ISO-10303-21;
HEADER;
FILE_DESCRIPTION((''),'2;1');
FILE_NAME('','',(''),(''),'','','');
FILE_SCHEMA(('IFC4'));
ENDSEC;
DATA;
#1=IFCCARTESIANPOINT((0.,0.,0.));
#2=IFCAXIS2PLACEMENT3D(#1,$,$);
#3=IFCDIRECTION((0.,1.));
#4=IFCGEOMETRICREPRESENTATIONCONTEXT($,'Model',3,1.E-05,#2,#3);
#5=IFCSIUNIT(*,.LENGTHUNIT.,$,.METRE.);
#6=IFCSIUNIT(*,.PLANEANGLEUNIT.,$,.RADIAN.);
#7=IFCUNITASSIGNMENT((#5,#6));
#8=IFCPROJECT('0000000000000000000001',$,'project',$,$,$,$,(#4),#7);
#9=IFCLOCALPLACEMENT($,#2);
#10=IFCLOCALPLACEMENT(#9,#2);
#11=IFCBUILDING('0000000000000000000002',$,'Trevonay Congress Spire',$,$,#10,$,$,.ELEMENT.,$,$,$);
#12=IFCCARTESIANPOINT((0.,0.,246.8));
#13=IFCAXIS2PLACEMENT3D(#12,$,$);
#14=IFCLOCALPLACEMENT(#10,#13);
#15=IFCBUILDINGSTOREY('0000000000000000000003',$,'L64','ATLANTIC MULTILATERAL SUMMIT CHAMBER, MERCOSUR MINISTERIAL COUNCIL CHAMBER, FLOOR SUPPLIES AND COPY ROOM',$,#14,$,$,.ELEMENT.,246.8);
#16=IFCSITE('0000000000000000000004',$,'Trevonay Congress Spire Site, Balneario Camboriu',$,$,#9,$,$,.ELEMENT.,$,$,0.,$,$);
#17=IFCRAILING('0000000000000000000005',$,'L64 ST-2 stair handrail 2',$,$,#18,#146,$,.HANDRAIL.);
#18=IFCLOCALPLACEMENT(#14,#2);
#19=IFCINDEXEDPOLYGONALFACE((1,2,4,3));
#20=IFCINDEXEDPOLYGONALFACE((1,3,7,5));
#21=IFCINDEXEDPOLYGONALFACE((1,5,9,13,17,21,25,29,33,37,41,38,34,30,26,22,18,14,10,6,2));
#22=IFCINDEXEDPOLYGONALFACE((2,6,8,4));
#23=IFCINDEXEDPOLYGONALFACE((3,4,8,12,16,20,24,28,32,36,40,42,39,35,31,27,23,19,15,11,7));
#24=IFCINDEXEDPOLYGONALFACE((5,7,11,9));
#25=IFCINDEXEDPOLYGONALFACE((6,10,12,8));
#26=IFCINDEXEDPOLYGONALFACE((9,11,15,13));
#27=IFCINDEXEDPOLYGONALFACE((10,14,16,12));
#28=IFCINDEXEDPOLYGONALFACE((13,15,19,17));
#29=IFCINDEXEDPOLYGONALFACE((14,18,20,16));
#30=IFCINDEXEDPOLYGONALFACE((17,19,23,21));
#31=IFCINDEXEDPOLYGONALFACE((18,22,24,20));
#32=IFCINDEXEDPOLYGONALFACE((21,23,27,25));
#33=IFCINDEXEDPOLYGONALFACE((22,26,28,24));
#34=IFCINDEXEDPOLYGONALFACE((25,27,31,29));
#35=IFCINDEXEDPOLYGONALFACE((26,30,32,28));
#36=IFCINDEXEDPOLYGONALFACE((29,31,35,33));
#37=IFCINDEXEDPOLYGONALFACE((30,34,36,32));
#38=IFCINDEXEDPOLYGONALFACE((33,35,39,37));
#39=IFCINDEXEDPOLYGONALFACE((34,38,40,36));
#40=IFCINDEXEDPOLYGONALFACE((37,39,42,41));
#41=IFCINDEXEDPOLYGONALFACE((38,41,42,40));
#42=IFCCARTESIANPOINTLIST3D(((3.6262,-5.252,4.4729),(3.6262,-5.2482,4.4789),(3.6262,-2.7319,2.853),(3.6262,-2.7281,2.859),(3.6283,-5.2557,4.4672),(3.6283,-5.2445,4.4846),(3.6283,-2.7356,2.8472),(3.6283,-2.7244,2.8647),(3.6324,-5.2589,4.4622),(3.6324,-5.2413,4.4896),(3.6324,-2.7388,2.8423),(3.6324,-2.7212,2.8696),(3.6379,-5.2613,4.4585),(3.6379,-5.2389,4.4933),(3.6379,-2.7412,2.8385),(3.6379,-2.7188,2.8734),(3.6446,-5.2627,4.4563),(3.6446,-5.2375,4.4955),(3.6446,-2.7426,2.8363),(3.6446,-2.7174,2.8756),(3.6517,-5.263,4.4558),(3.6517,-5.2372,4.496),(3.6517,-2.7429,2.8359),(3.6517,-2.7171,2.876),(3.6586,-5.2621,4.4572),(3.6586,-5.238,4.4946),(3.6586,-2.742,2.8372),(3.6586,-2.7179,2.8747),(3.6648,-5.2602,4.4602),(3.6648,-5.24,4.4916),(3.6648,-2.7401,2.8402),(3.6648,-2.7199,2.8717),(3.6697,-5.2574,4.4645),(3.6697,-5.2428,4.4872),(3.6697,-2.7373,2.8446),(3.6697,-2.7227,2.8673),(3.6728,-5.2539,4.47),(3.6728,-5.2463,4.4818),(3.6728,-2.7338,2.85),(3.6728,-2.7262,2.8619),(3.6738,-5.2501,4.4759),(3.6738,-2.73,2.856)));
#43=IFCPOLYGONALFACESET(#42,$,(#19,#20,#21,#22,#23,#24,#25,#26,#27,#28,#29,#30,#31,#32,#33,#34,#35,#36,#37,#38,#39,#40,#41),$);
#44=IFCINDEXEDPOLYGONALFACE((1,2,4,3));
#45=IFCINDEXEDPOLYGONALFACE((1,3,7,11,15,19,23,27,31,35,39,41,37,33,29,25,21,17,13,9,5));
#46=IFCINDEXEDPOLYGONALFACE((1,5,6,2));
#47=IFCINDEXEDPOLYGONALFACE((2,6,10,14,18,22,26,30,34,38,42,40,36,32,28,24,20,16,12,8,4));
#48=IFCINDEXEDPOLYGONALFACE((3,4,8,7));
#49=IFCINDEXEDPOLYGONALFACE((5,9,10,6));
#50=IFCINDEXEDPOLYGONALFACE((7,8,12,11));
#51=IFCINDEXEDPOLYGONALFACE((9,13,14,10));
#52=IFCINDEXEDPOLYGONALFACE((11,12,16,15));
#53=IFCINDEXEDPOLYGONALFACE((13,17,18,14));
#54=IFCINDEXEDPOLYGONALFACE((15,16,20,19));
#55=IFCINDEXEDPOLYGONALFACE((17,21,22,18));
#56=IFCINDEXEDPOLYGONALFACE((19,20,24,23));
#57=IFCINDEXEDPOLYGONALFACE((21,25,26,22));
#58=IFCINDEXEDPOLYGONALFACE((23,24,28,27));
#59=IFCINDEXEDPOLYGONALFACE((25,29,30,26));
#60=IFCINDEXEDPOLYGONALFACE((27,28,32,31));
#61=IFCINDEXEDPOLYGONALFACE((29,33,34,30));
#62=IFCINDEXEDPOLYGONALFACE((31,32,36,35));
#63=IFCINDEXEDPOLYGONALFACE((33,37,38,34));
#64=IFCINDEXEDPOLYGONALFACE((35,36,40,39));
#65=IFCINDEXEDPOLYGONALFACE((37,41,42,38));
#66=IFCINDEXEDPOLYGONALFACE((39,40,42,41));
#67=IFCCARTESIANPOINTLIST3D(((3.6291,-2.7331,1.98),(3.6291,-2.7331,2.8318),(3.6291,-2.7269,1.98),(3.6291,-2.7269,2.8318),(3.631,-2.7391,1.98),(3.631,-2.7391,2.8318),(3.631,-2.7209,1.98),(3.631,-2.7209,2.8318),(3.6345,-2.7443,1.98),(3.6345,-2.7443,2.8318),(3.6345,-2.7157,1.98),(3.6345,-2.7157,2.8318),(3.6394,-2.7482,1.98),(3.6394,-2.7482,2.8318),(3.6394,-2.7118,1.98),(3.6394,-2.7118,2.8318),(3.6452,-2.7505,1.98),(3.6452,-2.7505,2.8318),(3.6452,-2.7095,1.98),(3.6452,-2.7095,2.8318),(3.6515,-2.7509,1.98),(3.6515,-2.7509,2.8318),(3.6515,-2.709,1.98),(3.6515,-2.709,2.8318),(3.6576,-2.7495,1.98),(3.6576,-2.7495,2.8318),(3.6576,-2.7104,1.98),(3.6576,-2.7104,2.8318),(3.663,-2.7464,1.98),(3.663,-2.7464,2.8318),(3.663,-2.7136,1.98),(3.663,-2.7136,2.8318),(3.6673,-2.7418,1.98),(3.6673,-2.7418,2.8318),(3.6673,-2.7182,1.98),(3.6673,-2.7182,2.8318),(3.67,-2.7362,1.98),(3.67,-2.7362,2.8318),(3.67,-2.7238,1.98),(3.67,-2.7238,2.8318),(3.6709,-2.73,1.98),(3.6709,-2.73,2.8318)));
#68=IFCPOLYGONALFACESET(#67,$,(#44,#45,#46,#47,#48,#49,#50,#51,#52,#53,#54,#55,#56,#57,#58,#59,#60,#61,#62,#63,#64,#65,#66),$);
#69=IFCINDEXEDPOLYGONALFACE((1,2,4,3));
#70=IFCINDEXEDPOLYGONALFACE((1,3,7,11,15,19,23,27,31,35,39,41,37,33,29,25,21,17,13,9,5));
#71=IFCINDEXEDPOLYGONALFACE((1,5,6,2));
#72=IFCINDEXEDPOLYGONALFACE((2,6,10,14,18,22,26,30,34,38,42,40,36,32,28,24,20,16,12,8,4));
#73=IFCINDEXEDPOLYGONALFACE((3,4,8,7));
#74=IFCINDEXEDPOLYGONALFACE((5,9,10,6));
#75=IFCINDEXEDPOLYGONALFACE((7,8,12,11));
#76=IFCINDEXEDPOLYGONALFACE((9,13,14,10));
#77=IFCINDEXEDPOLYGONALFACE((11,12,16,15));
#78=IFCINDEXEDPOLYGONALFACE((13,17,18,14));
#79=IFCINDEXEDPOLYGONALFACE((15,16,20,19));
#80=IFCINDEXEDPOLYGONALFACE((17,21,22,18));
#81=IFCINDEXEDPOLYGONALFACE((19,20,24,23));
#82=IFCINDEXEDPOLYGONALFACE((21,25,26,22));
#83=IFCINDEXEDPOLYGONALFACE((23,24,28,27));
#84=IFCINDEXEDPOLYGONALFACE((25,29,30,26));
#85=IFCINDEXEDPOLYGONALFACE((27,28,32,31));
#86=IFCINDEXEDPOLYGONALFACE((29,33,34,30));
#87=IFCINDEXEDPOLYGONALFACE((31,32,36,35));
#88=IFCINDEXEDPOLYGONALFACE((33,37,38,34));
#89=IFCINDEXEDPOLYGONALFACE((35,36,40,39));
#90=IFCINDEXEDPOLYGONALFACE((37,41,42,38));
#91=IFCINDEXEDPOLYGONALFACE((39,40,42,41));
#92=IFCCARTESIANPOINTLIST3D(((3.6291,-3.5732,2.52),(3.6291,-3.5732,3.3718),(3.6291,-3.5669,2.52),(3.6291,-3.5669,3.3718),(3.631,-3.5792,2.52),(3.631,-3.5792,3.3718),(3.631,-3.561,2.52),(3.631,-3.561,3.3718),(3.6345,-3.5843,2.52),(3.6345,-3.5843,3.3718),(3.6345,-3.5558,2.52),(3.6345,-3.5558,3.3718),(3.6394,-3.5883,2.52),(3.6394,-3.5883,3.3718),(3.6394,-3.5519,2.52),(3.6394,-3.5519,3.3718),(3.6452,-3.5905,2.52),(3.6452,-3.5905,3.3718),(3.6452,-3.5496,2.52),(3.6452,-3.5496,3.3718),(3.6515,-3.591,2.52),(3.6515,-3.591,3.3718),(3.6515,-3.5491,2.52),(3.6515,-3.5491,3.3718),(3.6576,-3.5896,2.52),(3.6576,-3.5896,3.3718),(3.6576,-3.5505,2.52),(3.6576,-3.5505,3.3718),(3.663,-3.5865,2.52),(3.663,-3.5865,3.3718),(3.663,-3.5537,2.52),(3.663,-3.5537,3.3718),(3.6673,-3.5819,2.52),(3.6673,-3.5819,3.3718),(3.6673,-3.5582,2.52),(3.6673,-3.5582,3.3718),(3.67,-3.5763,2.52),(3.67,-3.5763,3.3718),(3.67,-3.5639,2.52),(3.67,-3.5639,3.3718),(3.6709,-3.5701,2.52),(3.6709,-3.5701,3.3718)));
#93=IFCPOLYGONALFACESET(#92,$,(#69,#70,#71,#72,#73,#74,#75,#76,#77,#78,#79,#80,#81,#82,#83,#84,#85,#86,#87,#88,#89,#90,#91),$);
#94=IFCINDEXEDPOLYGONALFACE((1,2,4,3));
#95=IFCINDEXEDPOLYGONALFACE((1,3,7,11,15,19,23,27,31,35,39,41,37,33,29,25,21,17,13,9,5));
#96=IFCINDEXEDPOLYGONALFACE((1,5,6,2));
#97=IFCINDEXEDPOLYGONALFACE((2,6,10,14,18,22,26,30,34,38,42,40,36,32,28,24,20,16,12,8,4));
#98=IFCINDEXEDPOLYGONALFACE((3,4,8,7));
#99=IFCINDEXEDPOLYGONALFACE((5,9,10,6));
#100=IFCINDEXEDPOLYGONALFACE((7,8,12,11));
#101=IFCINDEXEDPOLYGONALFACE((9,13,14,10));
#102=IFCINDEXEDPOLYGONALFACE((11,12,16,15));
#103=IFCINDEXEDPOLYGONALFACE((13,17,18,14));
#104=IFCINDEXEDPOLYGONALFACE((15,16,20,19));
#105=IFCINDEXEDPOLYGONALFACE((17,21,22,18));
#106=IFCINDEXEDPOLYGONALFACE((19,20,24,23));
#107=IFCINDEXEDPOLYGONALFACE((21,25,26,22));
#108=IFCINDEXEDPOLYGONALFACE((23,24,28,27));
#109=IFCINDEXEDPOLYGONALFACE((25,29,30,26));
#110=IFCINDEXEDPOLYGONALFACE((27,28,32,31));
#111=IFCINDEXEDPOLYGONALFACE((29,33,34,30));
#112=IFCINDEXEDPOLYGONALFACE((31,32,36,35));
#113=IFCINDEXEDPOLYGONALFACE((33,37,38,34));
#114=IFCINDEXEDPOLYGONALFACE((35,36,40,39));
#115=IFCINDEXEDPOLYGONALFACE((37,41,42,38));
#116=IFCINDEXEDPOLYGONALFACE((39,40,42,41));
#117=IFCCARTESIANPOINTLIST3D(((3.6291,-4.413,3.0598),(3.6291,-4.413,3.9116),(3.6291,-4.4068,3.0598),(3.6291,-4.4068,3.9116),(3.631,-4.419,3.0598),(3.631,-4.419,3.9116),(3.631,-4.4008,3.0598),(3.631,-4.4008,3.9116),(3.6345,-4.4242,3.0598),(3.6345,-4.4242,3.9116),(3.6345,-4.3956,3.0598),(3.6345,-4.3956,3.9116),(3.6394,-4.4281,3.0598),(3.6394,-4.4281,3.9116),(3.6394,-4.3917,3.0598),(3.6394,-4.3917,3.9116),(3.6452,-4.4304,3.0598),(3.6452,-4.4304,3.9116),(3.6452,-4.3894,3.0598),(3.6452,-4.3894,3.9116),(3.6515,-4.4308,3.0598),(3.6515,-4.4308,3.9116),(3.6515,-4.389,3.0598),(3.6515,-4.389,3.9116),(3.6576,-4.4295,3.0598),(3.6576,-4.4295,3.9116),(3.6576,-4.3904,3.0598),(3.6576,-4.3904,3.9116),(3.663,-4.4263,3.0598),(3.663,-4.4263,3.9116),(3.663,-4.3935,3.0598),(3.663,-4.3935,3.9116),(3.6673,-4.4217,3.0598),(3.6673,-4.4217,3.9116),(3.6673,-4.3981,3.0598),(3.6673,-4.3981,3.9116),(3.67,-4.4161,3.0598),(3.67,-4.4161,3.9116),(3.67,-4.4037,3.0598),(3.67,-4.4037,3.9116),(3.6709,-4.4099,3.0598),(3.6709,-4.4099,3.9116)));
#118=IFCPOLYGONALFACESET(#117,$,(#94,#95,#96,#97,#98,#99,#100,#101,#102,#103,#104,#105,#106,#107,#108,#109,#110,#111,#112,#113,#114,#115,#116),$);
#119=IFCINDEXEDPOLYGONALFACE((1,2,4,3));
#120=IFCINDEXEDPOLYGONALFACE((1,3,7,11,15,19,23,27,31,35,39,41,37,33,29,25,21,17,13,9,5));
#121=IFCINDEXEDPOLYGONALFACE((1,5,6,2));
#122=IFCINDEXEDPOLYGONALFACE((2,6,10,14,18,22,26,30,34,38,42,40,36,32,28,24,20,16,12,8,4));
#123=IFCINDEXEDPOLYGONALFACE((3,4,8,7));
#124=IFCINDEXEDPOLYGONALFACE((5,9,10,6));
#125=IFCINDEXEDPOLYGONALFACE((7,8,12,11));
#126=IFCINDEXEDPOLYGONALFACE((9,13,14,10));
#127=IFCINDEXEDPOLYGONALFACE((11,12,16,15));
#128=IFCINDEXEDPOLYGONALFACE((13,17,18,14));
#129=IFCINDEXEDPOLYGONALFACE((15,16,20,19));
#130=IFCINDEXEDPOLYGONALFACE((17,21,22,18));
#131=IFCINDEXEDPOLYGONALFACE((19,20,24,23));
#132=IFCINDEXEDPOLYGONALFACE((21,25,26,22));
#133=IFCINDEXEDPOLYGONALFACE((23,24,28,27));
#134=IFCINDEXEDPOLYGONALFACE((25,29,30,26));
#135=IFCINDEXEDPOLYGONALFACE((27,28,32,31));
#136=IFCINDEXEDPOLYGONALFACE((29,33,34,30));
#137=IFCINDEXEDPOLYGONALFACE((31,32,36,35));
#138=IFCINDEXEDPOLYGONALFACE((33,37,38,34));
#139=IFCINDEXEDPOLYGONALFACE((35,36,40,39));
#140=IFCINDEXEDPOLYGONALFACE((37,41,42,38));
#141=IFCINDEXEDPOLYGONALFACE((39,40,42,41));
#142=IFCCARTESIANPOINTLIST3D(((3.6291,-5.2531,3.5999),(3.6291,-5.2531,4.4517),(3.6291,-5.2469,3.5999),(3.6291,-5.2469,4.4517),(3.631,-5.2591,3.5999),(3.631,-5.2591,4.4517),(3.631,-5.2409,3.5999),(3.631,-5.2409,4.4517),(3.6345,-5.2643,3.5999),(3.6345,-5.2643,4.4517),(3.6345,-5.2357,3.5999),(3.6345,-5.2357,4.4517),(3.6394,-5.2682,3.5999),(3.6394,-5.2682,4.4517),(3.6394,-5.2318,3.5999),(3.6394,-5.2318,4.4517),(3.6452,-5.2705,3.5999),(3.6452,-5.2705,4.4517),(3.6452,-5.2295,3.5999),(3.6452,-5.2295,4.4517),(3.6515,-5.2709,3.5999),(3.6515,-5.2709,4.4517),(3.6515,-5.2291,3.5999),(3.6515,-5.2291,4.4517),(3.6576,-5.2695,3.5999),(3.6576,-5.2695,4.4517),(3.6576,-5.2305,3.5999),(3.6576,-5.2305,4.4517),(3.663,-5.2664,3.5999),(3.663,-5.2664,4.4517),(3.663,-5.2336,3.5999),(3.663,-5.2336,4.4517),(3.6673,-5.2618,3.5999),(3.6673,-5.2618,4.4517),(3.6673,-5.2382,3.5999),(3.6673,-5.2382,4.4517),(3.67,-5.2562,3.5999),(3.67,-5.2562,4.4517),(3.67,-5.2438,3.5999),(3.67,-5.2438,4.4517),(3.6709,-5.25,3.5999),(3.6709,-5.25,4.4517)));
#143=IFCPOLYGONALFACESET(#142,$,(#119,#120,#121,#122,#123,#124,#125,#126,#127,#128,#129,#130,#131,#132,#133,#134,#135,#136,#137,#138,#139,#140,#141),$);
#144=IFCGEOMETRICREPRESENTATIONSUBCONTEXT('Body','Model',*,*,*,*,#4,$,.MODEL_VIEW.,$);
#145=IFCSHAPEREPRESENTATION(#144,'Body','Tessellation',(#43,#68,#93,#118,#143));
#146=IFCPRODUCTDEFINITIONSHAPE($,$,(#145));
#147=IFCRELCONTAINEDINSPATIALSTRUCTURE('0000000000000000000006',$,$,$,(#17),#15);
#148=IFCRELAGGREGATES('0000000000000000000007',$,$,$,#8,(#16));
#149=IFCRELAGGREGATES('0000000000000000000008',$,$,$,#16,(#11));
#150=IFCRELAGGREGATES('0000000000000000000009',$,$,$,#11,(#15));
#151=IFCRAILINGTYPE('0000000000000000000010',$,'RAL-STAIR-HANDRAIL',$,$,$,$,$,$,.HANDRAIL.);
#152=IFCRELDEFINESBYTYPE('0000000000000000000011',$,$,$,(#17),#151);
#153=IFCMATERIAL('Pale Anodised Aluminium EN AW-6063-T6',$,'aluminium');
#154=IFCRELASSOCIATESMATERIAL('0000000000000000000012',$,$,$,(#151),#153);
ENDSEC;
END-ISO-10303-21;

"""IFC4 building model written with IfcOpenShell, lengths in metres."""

from ifc_helpers import new_model, si_unit, direction, frame, origin, origin_2d, place, context, subcontext, project, spatial, circle, extrude, material, type_object, element, save


model = new_model("IFC4")

# Units and contexts
model_context = context("Model", 3, precision=1e-05, world=origin(), true_north=direction((0.0, 1.0)))
body_context = subcontext(model_context, "Body", "Model", "MODEL_VIEW")
ifc_project = project(units=[si_unit("LENGTHUNIT", "METRE"), si_unit("PLANEANGLEUNIT", "RADIAN")], contexts=[model_context])

# Site, building, storey
site_placement = place(None, origin())
site = spatial("IfcSite", under=ifc_project, at=site_placement, Name="Trevonay Congress Spire Site, Balneario Camboriu", CompositionType="ELEMENT", RefElevation=0.0)
building_placement = place(site_placement, origin())
building = spatial("IfcBuilding", under=site, at=building_placement, Name="Trevonay Congress Spire", CompositionType="ELEMENT")
storey_placement = place(building_placement, frame((0.0, 0.0, 246.8)))
storey = spatial("IfcBuildingStorey", under=building, at=storey_placement, Name="L64", Description="ATLANTIC MULTILATERAL SUMMIT CHAMBER, MERCOSUR MINISTERIAL COUNCIL CHAMBER, FLOOR SUPPLIES AND COPY ROOM", CompositionType="ELEMENT", Elevation=246.8)

# Shared definitions
ifc_material_1 = material(Name="Pale Anodised Aluminium EN AW-6063-T6", Category="aluminium")

# Railing
railing_type_1 = type_object("IfcRailingType", Name="RAL-STAIR-HANDRAIL", PredefinedType="HANDRAIL", material=ifc_material_1)
railing_1_placement = place(storey_placement, frame((3.6499, -2.73, 1.98)))
element("IfcRailing", 1, at=railing_1_placement, inside=storey, type_object=railing_type_1, Name="L64 ST-2 stair handrail 2", PredefinedType="HANDRAIL", context=body_context, shape_type="SweptSolid", body=[
    extrude(circle(Radius=0.0239, at=origin_2d()), frame((0.0, 0.0, 0.876), z_axis=(0.0, -0.8412, 0.540725), x_axis=(1.0, 0.0, 0.0)), (0.0, 0.0, 1.0), 2.9958),
    extrude(circle(Radius=0.021, at=origin_2d()), origin(), (0.0, 0.0, 1.0), 0.8518),
    extrude(circle(Radius=0.021, at=origin_2d()), frame((0.0, -0.8401, 0.54)), (0.0, 0.0, 1.0), 0.8518),
    extrude(circle(Radius=0.021, at=origin_2d()), frame((0.0, -1.6799, 1.0798)), (0.0, 0.0, 1.0), 0.8518),
    extrude(circle(Radius=0.021, at=origin_2d()), frame((0.0, -2.52, 1.6199)), (0.0, 0.0, 1.0), 0.8518),
])

save(model, "model.ifc")
